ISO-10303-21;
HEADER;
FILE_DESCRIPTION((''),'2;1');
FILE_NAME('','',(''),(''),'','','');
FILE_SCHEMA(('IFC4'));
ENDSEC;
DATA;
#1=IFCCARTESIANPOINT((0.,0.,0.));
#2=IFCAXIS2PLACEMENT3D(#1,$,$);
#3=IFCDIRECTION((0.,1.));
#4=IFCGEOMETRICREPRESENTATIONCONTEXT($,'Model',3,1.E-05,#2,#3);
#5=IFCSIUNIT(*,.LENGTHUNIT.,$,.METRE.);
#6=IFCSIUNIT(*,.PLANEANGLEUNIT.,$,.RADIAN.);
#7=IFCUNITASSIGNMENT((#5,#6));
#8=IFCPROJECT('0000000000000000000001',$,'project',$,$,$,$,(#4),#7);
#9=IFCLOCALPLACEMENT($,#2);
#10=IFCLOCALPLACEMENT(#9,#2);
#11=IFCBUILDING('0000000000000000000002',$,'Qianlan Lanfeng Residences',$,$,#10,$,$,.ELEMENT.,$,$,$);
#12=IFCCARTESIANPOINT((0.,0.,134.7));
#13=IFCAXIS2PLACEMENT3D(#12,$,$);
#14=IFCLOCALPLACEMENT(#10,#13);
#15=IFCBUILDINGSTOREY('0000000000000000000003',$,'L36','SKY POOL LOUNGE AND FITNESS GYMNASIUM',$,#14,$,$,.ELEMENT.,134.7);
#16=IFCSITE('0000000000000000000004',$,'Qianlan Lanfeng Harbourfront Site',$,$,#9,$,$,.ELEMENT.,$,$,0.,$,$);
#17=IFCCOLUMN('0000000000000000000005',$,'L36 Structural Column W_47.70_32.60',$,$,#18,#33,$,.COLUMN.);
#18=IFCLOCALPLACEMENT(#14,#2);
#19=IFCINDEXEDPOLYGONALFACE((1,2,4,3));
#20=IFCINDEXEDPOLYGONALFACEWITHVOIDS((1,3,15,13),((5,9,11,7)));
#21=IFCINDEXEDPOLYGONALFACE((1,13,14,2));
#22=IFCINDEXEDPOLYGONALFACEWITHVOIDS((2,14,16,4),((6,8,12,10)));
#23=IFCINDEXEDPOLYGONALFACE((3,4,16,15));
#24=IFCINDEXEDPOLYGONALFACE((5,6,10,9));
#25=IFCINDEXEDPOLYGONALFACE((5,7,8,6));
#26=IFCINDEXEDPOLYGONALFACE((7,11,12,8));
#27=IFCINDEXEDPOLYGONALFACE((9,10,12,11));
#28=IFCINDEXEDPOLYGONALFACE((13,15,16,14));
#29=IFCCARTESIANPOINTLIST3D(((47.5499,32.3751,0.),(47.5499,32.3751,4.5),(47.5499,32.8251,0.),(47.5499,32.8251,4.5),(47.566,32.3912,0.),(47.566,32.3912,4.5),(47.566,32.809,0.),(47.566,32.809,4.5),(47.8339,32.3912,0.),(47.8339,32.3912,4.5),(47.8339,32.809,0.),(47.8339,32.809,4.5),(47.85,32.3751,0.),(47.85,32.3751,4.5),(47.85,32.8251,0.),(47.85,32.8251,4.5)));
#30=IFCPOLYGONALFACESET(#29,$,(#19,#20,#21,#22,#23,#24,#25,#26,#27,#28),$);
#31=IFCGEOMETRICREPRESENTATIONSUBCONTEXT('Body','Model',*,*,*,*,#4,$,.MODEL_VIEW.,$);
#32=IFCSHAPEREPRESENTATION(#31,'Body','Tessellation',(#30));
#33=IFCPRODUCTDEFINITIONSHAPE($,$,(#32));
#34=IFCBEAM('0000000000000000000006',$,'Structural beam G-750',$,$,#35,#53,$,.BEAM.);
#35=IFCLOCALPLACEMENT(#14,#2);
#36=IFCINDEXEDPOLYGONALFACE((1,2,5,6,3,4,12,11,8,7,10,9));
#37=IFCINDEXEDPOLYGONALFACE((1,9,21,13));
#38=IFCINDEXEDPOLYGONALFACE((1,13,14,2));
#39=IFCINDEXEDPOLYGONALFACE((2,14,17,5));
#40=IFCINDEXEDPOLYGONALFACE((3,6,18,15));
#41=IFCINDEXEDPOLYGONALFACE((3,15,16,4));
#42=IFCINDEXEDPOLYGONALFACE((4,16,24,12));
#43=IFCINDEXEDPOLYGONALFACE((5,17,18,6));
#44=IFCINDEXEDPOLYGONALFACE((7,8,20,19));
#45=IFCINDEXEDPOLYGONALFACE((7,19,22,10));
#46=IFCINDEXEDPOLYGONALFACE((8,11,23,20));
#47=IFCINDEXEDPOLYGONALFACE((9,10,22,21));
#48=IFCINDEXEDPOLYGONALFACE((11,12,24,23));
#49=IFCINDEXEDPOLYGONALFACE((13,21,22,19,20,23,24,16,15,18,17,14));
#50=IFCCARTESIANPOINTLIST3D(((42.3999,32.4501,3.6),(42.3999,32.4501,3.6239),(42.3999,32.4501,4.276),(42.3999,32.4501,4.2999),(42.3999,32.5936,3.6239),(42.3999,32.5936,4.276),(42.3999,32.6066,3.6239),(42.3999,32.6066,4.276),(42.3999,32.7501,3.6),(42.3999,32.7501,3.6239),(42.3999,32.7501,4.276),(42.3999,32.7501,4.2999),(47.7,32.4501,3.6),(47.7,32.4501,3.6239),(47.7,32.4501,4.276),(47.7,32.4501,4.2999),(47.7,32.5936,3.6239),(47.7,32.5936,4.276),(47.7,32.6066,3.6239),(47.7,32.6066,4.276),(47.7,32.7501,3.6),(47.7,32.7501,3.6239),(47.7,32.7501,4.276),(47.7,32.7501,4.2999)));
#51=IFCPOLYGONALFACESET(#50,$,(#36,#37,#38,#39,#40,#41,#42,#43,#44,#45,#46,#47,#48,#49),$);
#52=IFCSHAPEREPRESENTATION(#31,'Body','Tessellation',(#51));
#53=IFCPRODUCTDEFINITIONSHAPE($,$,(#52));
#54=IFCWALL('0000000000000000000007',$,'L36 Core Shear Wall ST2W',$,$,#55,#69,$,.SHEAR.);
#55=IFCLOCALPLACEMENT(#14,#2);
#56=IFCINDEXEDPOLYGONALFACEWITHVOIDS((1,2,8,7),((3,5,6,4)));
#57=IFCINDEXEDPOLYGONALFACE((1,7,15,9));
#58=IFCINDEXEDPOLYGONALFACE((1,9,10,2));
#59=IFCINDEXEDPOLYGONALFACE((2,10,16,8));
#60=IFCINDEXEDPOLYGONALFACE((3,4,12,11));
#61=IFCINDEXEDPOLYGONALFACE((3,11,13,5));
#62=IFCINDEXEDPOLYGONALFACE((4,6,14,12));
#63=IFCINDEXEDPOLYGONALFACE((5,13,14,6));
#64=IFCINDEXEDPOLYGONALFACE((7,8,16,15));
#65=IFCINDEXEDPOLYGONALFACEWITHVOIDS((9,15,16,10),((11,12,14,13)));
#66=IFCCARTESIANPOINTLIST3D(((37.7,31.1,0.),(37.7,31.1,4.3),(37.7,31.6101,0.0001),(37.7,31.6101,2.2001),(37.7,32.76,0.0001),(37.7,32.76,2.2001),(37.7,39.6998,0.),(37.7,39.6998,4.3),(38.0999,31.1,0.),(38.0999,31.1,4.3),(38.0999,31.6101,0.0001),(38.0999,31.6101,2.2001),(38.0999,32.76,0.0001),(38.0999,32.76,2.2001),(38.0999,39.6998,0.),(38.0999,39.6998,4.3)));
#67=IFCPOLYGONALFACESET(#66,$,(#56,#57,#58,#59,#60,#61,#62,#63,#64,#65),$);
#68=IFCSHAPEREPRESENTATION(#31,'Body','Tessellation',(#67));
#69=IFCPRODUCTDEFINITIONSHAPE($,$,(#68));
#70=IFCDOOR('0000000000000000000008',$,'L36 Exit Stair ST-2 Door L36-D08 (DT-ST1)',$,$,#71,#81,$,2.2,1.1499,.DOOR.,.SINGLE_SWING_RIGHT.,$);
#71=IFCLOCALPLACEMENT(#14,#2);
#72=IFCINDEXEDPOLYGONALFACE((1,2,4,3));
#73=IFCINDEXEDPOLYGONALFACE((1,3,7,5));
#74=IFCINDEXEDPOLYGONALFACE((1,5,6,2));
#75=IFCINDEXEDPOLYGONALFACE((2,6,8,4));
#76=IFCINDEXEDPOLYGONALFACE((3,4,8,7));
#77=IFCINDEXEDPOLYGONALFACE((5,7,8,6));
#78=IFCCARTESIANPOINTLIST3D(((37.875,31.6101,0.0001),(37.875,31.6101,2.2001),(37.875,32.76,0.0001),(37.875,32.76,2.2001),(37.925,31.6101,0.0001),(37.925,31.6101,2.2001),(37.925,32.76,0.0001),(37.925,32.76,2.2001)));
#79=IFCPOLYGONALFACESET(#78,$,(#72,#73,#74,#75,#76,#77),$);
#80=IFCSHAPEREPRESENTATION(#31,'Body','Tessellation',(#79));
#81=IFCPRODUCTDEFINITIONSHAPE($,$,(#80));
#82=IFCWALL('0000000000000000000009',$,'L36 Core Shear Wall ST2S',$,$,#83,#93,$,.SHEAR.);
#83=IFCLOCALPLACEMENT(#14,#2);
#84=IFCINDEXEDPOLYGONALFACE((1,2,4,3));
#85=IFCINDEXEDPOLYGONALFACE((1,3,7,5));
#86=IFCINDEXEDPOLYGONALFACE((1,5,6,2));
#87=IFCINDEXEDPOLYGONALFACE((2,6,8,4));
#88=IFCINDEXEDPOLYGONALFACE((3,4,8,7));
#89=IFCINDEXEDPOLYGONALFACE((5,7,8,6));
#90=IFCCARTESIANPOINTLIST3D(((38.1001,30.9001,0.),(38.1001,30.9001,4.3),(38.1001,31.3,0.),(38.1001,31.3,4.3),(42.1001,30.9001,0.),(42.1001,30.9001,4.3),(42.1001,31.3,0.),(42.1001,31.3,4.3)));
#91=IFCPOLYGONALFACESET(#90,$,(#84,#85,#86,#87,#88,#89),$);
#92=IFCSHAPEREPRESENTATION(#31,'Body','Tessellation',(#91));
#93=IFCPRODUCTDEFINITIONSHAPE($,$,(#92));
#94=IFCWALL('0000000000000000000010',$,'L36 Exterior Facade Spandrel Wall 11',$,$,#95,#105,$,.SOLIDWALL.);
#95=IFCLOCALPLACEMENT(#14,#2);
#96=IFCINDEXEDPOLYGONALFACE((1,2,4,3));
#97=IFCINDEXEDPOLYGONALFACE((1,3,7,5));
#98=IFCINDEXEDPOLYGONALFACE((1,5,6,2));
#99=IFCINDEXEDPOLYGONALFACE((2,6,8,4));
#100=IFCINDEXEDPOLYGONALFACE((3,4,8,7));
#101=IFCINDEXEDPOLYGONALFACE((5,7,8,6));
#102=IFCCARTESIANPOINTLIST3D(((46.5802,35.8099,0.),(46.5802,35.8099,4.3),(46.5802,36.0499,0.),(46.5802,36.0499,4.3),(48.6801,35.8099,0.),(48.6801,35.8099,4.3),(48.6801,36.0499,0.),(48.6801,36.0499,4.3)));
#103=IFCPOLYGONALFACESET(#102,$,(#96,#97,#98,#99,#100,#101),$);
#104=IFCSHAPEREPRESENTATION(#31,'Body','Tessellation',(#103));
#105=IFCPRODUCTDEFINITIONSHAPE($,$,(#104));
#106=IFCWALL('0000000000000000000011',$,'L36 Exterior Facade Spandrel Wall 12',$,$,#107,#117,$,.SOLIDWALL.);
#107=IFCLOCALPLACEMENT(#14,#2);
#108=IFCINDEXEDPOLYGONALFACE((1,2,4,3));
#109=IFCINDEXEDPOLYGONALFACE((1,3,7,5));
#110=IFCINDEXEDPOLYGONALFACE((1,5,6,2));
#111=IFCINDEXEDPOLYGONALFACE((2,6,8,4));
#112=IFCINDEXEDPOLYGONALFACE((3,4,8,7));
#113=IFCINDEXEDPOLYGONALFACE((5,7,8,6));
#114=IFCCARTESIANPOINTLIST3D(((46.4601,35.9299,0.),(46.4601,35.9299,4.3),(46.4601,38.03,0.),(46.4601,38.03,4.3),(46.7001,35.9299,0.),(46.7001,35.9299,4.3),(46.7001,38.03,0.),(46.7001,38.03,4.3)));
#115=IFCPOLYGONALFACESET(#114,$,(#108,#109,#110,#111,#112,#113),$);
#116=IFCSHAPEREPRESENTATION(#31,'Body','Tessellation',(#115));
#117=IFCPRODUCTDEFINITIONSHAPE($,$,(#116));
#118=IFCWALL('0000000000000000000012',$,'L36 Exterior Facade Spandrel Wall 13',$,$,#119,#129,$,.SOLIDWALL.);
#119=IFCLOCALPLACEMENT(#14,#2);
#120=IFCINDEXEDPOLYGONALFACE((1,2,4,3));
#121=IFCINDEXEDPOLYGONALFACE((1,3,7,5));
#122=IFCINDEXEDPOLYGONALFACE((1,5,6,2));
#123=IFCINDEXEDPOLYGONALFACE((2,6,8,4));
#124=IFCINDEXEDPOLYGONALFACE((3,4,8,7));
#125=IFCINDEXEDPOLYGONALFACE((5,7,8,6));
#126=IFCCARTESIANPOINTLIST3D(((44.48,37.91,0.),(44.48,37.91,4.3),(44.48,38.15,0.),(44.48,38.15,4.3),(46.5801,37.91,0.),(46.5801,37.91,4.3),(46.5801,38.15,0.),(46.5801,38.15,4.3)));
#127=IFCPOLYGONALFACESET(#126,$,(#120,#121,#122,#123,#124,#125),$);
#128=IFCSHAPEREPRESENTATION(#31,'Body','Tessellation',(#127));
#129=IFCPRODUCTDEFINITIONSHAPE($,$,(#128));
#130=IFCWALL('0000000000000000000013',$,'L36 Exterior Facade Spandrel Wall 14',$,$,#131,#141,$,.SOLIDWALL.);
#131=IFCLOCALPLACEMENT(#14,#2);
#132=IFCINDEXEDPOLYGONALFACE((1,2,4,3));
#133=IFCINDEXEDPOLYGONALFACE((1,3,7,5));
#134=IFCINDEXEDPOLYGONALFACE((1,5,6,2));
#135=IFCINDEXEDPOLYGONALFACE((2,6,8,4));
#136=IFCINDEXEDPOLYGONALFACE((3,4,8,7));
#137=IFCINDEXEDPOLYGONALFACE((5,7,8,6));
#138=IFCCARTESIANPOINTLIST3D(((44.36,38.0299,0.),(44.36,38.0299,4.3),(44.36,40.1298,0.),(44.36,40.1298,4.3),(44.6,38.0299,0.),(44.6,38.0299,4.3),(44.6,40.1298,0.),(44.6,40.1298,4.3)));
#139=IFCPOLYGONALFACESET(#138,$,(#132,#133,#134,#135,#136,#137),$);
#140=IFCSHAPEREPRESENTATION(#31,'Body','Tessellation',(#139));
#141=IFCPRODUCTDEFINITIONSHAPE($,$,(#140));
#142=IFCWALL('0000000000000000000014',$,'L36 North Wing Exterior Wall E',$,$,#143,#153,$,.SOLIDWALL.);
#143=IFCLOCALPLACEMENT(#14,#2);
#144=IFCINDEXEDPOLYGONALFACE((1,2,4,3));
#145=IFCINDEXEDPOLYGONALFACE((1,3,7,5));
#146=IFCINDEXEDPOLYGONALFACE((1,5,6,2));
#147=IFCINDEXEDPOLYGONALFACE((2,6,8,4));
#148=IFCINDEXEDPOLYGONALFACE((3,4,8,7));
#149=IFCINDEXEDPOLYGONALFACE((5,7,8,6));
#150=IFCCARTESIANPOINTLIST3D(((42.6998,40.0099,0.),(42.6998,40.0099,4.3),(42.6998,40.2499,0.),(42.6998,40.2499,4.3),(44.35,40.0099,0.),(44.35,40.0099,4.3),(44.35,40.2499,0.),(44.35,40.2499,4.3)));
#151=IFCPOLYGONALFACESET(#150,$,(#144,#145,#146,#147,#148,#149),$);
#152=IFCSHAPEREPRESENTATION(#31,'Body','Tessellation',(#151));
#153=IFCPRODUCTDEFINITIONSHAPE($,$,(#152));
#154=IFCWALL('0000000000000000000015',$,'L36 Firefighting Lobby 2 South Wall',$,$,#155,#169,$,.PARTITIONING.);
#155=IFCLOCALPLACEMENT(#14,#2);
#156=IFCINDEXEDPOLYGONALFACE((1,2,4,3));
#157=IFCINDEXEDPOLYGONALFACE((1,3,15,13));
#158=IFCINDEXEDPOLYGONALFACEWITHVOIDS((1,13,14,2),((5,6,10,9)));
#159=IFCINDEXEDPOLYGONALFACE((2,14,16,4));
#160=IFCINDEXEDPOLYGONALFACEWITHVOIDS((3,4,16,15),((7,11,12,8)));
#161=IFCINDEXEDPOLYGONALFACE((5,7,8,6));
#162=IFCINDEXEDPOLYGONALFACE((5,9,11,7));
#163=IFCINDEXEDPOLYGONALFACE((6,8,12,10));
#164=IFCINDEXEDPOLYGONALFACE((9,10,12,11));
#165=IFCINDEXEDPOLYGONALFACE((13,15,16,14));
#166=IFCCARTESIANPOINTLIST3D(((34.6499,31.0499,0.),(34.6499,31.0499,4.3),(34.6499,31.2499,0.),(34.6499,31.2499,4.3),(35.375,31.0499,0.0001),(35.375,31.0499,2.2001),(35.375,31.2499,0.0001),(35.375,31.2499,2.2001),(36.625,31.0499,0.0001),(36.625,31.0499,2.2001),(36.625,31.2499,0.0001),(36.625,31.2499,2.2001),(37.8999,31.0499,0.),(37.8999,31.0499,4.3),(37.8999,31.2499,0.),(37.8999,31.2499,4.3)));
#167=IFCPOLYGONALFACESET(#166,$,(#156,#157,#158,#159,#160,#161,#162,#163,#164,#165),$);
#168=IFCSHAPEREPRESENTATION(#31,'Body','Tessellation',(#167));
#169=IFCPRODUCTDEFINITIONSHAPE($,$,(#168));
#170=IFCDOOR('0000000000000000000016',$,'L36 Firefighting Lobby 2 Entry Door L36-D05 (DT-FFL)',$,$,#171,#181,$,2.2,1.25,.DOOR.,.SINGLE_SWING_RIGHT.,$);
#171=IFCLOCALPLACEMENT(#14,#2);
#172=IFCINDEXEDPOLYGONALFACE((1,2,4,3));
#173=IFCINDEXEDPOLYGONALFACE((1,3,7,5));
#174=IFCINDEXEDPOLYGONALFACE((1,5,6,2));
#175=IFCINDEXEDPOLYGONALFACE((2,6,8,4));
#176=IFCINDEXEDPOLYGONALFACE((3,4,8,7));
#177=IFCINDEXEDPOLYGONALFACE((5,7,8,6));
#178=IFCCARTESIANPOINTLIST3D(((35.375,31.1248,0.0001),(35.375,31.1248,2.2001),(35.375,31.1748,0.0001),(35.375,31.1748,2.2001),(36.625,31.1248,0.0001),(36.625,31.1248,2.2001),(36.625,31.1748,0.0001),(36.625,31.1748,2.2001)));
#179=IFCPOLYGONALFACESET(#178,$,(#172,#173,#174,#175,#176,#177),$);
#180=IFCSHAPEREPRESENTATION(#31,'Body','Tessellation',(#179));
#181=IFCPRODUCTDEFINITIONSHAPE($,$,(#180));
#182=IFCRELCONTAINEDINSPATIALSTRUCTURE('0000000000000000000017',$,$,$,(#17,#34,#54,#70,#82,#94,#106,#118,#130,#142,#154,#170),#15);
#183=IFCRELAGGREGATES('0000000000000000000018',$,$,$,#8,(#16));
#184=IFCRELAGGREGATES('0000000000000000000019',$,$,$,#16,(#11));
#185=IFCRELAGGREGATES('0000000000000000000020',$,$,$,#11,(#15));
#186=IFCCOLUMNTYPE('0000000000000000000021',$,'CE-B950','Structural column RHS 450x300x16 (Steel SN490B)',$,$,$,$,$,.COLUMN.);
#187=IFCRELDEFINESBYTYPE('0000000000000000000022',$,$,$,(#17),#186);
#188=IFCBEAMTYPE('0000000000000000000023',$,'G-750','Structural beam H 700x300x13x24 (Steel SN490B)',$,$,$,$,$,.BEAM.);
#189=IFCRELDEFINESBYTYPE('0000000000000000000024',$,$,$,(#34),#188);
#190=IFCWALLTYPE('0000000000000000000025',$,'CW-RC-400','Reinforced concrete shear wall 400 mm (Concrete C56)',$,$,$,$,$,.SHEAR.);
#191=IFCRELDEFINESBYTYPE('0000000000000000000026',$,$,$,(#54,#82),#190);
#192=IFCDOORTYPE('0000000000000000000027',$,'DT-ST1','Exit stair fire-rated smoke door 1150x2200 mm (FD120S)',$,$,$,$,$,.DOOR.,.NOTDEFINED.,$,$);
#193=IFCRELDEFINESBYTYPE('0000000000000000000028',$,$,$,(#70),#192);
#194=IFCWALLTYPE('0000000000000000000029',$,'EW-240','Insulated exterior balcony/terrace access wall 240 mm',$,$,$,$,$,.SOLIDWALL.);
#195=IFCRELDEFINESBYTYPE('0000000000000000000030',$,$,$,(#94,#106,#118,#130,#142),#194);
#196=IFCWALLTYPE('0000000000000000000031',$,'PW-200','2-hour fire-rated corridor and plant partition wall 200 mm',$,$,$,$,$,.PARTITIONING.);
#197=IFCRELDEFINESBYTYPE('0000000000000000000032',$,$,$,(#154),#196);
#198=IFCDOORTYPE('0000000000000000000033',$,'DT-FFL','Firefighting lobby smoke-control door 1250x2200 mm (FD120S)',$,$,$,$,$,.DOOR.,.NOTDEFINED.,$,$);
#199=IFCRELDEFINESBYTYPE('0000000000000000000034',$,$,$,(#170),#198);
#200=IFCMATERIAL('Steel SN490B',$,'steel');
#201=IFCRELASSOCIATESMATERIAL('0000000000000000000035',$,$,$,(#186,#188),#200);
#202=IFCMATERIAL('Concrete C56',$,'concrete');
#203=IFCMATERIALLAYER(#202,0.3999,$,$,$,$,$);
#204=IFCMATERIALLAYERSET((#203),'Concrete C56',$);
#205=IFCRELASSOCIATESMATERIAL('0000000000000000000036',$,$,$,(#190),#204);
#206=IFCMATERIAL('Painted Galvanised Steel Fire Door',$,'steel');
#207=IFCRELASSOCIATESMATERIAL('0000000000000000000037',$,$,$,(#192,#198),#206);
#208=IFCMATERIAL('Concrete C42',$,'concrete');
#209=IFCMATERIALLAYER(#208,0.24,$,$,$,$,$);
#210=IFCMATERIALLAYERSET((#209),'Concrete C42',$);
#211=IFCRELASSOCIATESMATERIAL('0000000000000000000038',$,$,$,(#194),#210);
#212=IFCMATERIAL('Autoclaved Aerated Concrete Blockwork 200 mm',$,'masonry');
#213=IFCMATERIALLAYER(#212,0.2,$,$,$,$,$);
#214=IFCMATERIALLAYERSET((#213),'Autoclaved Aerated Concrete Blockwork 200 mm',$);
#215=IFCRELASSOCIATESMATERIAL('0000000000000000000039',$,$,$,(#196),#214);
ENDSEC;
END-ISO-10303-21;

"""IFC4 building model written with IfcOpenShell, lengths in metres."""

from ifc_helpers import new_model, si_unit, direction, frame, frame_2d, origin, origin_2d, place, context, subcontext, project, spatial, rectangle, hollow_rectangle, i_section, extrude, material, layer, layer_set, material_profile, profile_set, type_object, element, fill, save


model = new_model("IFC4")

# Units and contexts
model_context = context("Model", 3, precision=1e-05, world=origin(), true_north=direction((0.0, 1.0)))
body_context = subcontext(model_context, "Body", "Model", "MODEL_VIEW")
ifc_project = project(units=[si_unit("LENGTHUNIT", "METRE"), si_unit("PLANEANGLEUNIT", "RADIAN")], contexts=[model_context])

# Site, building, storey
site_placement = place(None, origin())
site = spatial("IfcSite", under=ifc_project, at=site_placement, Name="Qianlan Lanfeng Harbourfront Site", CompositionType="ELEMENT", RefElevation=0.0)
building_placement = place(site_placement, origin())
building = spatial("IfcBuilding", under=site, at=building_placement, Name="Qianlan Lanfeng Residences", CompositionType="ELEMENT")
storey_placement = place(building_placement, frame((0.0, 0.0, 134.7)))
storey = spatial("IfcBuildingStorey", under=building, at=storey_placement, Name="L36", Description="SKY POOL LOUNGE AND FITNESS GYMNASIUM", CompositionType="ELEMENT", Elevation=134.7)

# Column
ifc_material_1 = material(Name="Steel SN490B", Category="steel")
ifc_material_profile_1 = material_profile(ifc_material_1, hollow_rectangle(XDim=0.3, YDim=0.45, WallThickness=0.0161, at=origin_2d()), Name="RHS 450x300x16")
ifc_profile_set_1 = profile_set([ifc_material_profile_1], Name="Steel SN490B")
column_type = type_object("IfcColumnType", Name="CE-B950", Description="Structural column RHS 450x300x16 (Steel SN490B)", PredefinedType="COLUMN", material=ifc_profile_set_1)
column_placement = place(storey_placement, frame((47.7, 32.6001, 0.0), z_axis=(0.0, 0.0, 1.0), x_axis=(1.0, 0.0, 0.0)))
element("IfcColumn", 1, at=column_placement, inside=storey, type_object=column_type, Name="L36 Structural Column W_47.70_32.60", PredefinedType="COLUMN", context=body_context, shape_type="SweptSolid", body=[
    extrude(hollow_rectangle(XDim=0.3, YDim=0.45, WallThickness=0.0161, at=origin_2d()), origin(), (0.0, 0.0, 1.0), 4.5),
])

# Beam
ifc_material_profile_2 = material_profile(ifc_material_1, i_section(OverallWidth=0.3, OverallDepth=0.7, WebThickness=0.0129, FlangeThickness=0.0239, at=origin_2d()), Name="H 700x300x13x24")
ifc_profile_set_2 = profile_set([ifc_material_profile_2], Name="Steel SN490B")
beam_type = type_object("IfcBeamType", Name="G-750", Description="Structural beam H 700x300x13x24 (Steel SN490B)", PredefinedType="BEAM", material=ifc_profile_set_2)
beam_placement = place(storey_placement, frame((42.3999, 32.6001, 3.95), z_axis=(1.0, 0.0, 0.0), x_axis=(0.0, 1.0, 0.0)))
element("IfcBeam", 2, at=beam_placement, inside=storey, type_object=beam_type, Name="Structural beam G-750", PredefinedType="BEAM", context=body_context, shape_type="SweptSolid", body=[
    extrude(i_section(OverallWidth=0.3, OverallDepth=0.7, WebThickness=0.0129, FlangeThickness=0.0239, at=origin_2d()), origin(), (0.0, 0.0, 1.0), 5.3),
])

# Wall, opening, door
ifc_material_2 = material(Name="Concrete C56", Category="concrete")
ifc_layer_1 = layer(ifc_material_2, 0.3999)
ifc_layer_set_1 = layer_set([ifc_layer_1], Name="Concrete C56")
wall_type_1 = type_object("IfcWallType", Name="CW-RC-400", Description="Reinforced concrete shear wall 400 mm (Concrete C56)", PredefinedType="SHEAR", material=ifc_layer_set_1)
wall_1_placement = place(storey_placement, frame((37.8999, 31.1001, 0.0), z_axis=(0.0, 0.0, 1.0), x_axis=(0.0, 1.0, 0.0)))
wall_1 = element("IfcWall", 3, at=wall_1_placement, inside=storey, type_object=wall_type_1, Name="L36 Core Shear Wall ST2W", PredefinedType="SHEAR", context=body_context, shape_type="SweptSolid", body=[
    extrude(rectangle(XDim=8.5999, YDim=0.3999, at=frame_2d((4.2998, 0.0))), origin(), (0.0, 0.0, 1.0), 4.3),
])
opening_1_placement = place(wall_1_placement, frame((0.51, 0.0, 0.0)))
opening_1 = element("IfcOpeningElement", 4, at=opening_1_placement, cuts=wall_1, PredefinedType="OPENING", context=body_context, shape_type="SweptSolid", body=[
    extrude(rectangle(XDim=1.1499, YDim=2.2, at=frame_2d((0.575, 1.1001))), frame((0.0, 0.21, 0.0), z_axis=(0.0, -1.0, 0.0), x_axis=(1.0, 0.0, 0.0)), (0.0, 0.0, 1.0), 0.4199),
])
ifc_material_3 = material(Name="Painted Galvanised Steel Fire Door", Category="steel")
door_type_1 = type_object("IfcDoorType", Name="DT-ST1", Description="Exit stair fire-rated smoke door 1150x2200 mm (FD120S)", OperationType="NOTDEFINED", PredefinedType="DOOR", material=ifc_material_3)
door_1_placement = place(opening_1_placement, origin())
door_1 = element("IfcDoor", 5, at=door_1_placement, inside=storey, type_object=door_type_1, Name="L36 Exit Stair ST-2 Door L36-D08 (DT-ST1)", OperationType="SINGLE_SWING_RIGHT", OverallHeight=2.2, OverallWidth=1.1499, PredefinedType="DOOR", context=body_context, shape_type="SweptSolid", body=[
    extrude(rectangle(XDim=1.1499, YDim=2.2, at=frame_2d((0.575, 1.1001))), frame((0.0, 0.0249, 0.0), z_axis=(0.0, -1.0, 0.0), x_axis=(1.0, 0.0, 0.0)), (0.0, 0.0, 1.0), 0.05),
])
fill(opening_1, door_1)

# Walls
wall_2_placement = place(storey_placement, frame((38.1001, 31.1001, 0.0), z_axis=(0.0, 0.0, 1.0), x_axis=(1.0, 0.0, 0.0)))
element("IfcWall", 6, at=wall_2_placement, inside=storey, type_object=wall_type_1, Name="L36 Core Shear Wall ST2S", PredefinedType="SHEAR", context=body_context, shape_type="SweptSolid", body=[
    extrude(rectangle(XDim=4.0, YDim=0.3999, at=frame_2d((2.0, 0.0))), origin(), (0.0, 0.0, 1.0), 4.3),
])
ifc_material_4 = material(Name="Concrete C42", Category="concrete")
ifc_layer_2 = layer(ifc_material_4, 0.24)
ifc_layer_set_2 = layer_set([ifc_layer_2], Name="Concrete C42")
wall_type_2 = type_object("IfcWallType", Name="EW-240", Description="Insulated exterior balcony/terrace access wall 240 mm", PredefinedType="SOLIDWALL", material=ifc_layer_set_2)
wall_3_placement = place(storey_placement, frame((48.6799, 35.9299, 0.0), z_axis=(0.0, 0.0, 1.0), x_axis=(-1.0, 0.0, 0.0)))
element("IfcWall", 7, at=wall_3_placement, inside=storey, type_object=wall_type_2, Name="L36 Exterior Facade Spandrel Wall 11", PredefinedType="SOLIDWALL", context=body_context, shape_type="SweptSolid", body=[
    extrude(rectangle(XDim=2.0999, YDim=0.24, at=frame_2d((1.0498, 0.0))), origin(), (0.0, 0.0, 1.0), 4.3),
])
for number, where, z_axis, x_axis, name in (
    (8, (46.5801, 35.9299, 0.0), (0.0, 0.0, 1.0), (0.0, 1.0, 0.0), "L36 Exterior Facade Spandrel Wall 12"),
    (9, (46.5801, 38.03, 0.0), (0.0, 0.0, 1.0), (-1.0, 0.0, 0.0), "L36 Exterior Facade Spandrel Wall 13"),
):
    element("IfcWall", number, at=place(storey_placement, frame(where, z_axis=z_axis, x_axis=x_axis)), inside=storey, type_object=wall_type_2, Name=name, PredefinedType="SOLIDWALL", context=body_context, shape_type="SweptSolid", body=[
        extrude(rectangle(XDim=2.1001, YDim=0.24, at=frame_2d((1.05, 0.0))), origin(), (0.0, 0.0, 1.0), 4.3),
    ])
wall_4_placement = place(storey_placement, frame((44.48, 38.03, 0.0), z_axis=(0.0, 0.0, 1.0), x_axis=(0.0, 1.0, 0.0)))
element("IfcWall", 10, at=wall_4_placement, inside=storey, type_object=wall_type_2, Name="L36 Exterior Facade Spandrel Wall 14", PredefinedType="SOLIDWALL", context=body_context, shape_type="SweptSolid", body=[
    extrude(rectangle(XDim=2.0999, YDim=0.24, at=frame_2d((1.0498, 0.0))), origin(), (0.0, 0.0, 1.0), 4.3),
])
wall_5_placement = place(storey_placement, frame((44.3501, 40.1299, 0.0), z_axis=(0.0, 0.0, 1.0), x_axis=(-1.0, 0.0, 0.0)))
element("IfcWall", 11, at=wall_5_placement, inside=storey, type_object=wall_type_2, Name="L36 North Wing Exterior Wall E", PredefinedType="SOLIDWALL", context=body_context, shape_type="SweptSolid", body=[
    extrude(rectangle(XDim=1.6501, YDim=0.24, at=frame_2d((0.8252, 0.0))), origin(), (0.0, 0.0, 1.0), 4.3),
])

# Wall, opening, door
ifc_material_5 = material(Name="Autoclaved Aerated Concrete Blockwork 200 mm", Category="masonry")
ifc_layer_3 = layer(ifc_material_5, 0.2)
ifc_layer_set_3 = layer_set([ifc_layer_3], Name="Autoclaved Aerated Concrete Blockwork 200 mm")
wall_type_3 = type_object("IfcWallType", Name="PW-200", Description="2-hour fire-rated corridor and plant partition wall 200 mm", PredefinedType="PARTITIONING", material=ifc_layer_set_3)
wall_6_placement = place(storey_placement, frame((34.6499, 31.1499, 0.0), z_axis=(0.0, 0.0, 1.0), x_axis=(1.0, 0.0, 0.0)))
wall_6 = element("IfcWall", 12, at=wall_6_placement, inside=storey, type_object=wall_type_3, Name="L36 Firefighting Lobby 2 South Wall", PredefinedType="PARTITIONING", context=body_context, shape_type="SweptSolid", body=[
    extrude(rectangle(XDim=3.25, YDim=0.2, at=frame_2d((1.625, 0.0))), origin(), (0.0, 0.0, 1.0), 4.3),
])
opening_2_placement = place(wall_6_placement, frame((0.7251, 0.0, 0.0)))
opening_2 = element("IfcOpeningElement", 13, at=opening_2_placement, cuts=wall_6, PredefinedType="OPENING", context=body_context, shape_type="SweptSolid", body=[
    extrude(rectangle(XDim=1.25, YDim=2.2, at=frame_2d((0.625, 1.1001))), frame((0.0, 0.1099, 0.0), z_axis=(0.0, -1.0, 0.0), x_axis=(1.0, 0.0, 0.0)), (0.0, 0.0, 1.0), 0.22),
])
door_type_2 = type_object("IfcDoorType", Name="DT-FFL", Description="Firefighting lobby smoke-control door 1250x2200 mm (FD120S)", OperationType="NOTDEFINED", PredefinedType="DOOR", material=ifc_material_3)
door_2_placement = place(opening_2_placement, origin())
door_2 = element("IfcDoor", 14, at=door_2_placement, inside=storey, type_object=door_type_2, Name="L36 Firefighting Lobby 2 Entry Door L36-D05 (DT-FFL)", OperationType="SINGLE_SWING_RIGHT", OverallHeight=2.2, OverallWidth=1.25, PredefinedType="DOOR", context=body_context, shape_type="SweptSolid", body=[
    extrude(rectangle(XDim=1.25, YDim=2.2, at=frame_2d((0.625, 1.1001))), frame((0.0, 0.0249, 0.0), z_axis=(0.0, -1.0, 0.0), x_axis=(1.0, 0.0, 0.0)), (0.0, 0.0, 1.0), 0.05),
])
fill(opening_2, door_2)

save(model, "model.ifc")
